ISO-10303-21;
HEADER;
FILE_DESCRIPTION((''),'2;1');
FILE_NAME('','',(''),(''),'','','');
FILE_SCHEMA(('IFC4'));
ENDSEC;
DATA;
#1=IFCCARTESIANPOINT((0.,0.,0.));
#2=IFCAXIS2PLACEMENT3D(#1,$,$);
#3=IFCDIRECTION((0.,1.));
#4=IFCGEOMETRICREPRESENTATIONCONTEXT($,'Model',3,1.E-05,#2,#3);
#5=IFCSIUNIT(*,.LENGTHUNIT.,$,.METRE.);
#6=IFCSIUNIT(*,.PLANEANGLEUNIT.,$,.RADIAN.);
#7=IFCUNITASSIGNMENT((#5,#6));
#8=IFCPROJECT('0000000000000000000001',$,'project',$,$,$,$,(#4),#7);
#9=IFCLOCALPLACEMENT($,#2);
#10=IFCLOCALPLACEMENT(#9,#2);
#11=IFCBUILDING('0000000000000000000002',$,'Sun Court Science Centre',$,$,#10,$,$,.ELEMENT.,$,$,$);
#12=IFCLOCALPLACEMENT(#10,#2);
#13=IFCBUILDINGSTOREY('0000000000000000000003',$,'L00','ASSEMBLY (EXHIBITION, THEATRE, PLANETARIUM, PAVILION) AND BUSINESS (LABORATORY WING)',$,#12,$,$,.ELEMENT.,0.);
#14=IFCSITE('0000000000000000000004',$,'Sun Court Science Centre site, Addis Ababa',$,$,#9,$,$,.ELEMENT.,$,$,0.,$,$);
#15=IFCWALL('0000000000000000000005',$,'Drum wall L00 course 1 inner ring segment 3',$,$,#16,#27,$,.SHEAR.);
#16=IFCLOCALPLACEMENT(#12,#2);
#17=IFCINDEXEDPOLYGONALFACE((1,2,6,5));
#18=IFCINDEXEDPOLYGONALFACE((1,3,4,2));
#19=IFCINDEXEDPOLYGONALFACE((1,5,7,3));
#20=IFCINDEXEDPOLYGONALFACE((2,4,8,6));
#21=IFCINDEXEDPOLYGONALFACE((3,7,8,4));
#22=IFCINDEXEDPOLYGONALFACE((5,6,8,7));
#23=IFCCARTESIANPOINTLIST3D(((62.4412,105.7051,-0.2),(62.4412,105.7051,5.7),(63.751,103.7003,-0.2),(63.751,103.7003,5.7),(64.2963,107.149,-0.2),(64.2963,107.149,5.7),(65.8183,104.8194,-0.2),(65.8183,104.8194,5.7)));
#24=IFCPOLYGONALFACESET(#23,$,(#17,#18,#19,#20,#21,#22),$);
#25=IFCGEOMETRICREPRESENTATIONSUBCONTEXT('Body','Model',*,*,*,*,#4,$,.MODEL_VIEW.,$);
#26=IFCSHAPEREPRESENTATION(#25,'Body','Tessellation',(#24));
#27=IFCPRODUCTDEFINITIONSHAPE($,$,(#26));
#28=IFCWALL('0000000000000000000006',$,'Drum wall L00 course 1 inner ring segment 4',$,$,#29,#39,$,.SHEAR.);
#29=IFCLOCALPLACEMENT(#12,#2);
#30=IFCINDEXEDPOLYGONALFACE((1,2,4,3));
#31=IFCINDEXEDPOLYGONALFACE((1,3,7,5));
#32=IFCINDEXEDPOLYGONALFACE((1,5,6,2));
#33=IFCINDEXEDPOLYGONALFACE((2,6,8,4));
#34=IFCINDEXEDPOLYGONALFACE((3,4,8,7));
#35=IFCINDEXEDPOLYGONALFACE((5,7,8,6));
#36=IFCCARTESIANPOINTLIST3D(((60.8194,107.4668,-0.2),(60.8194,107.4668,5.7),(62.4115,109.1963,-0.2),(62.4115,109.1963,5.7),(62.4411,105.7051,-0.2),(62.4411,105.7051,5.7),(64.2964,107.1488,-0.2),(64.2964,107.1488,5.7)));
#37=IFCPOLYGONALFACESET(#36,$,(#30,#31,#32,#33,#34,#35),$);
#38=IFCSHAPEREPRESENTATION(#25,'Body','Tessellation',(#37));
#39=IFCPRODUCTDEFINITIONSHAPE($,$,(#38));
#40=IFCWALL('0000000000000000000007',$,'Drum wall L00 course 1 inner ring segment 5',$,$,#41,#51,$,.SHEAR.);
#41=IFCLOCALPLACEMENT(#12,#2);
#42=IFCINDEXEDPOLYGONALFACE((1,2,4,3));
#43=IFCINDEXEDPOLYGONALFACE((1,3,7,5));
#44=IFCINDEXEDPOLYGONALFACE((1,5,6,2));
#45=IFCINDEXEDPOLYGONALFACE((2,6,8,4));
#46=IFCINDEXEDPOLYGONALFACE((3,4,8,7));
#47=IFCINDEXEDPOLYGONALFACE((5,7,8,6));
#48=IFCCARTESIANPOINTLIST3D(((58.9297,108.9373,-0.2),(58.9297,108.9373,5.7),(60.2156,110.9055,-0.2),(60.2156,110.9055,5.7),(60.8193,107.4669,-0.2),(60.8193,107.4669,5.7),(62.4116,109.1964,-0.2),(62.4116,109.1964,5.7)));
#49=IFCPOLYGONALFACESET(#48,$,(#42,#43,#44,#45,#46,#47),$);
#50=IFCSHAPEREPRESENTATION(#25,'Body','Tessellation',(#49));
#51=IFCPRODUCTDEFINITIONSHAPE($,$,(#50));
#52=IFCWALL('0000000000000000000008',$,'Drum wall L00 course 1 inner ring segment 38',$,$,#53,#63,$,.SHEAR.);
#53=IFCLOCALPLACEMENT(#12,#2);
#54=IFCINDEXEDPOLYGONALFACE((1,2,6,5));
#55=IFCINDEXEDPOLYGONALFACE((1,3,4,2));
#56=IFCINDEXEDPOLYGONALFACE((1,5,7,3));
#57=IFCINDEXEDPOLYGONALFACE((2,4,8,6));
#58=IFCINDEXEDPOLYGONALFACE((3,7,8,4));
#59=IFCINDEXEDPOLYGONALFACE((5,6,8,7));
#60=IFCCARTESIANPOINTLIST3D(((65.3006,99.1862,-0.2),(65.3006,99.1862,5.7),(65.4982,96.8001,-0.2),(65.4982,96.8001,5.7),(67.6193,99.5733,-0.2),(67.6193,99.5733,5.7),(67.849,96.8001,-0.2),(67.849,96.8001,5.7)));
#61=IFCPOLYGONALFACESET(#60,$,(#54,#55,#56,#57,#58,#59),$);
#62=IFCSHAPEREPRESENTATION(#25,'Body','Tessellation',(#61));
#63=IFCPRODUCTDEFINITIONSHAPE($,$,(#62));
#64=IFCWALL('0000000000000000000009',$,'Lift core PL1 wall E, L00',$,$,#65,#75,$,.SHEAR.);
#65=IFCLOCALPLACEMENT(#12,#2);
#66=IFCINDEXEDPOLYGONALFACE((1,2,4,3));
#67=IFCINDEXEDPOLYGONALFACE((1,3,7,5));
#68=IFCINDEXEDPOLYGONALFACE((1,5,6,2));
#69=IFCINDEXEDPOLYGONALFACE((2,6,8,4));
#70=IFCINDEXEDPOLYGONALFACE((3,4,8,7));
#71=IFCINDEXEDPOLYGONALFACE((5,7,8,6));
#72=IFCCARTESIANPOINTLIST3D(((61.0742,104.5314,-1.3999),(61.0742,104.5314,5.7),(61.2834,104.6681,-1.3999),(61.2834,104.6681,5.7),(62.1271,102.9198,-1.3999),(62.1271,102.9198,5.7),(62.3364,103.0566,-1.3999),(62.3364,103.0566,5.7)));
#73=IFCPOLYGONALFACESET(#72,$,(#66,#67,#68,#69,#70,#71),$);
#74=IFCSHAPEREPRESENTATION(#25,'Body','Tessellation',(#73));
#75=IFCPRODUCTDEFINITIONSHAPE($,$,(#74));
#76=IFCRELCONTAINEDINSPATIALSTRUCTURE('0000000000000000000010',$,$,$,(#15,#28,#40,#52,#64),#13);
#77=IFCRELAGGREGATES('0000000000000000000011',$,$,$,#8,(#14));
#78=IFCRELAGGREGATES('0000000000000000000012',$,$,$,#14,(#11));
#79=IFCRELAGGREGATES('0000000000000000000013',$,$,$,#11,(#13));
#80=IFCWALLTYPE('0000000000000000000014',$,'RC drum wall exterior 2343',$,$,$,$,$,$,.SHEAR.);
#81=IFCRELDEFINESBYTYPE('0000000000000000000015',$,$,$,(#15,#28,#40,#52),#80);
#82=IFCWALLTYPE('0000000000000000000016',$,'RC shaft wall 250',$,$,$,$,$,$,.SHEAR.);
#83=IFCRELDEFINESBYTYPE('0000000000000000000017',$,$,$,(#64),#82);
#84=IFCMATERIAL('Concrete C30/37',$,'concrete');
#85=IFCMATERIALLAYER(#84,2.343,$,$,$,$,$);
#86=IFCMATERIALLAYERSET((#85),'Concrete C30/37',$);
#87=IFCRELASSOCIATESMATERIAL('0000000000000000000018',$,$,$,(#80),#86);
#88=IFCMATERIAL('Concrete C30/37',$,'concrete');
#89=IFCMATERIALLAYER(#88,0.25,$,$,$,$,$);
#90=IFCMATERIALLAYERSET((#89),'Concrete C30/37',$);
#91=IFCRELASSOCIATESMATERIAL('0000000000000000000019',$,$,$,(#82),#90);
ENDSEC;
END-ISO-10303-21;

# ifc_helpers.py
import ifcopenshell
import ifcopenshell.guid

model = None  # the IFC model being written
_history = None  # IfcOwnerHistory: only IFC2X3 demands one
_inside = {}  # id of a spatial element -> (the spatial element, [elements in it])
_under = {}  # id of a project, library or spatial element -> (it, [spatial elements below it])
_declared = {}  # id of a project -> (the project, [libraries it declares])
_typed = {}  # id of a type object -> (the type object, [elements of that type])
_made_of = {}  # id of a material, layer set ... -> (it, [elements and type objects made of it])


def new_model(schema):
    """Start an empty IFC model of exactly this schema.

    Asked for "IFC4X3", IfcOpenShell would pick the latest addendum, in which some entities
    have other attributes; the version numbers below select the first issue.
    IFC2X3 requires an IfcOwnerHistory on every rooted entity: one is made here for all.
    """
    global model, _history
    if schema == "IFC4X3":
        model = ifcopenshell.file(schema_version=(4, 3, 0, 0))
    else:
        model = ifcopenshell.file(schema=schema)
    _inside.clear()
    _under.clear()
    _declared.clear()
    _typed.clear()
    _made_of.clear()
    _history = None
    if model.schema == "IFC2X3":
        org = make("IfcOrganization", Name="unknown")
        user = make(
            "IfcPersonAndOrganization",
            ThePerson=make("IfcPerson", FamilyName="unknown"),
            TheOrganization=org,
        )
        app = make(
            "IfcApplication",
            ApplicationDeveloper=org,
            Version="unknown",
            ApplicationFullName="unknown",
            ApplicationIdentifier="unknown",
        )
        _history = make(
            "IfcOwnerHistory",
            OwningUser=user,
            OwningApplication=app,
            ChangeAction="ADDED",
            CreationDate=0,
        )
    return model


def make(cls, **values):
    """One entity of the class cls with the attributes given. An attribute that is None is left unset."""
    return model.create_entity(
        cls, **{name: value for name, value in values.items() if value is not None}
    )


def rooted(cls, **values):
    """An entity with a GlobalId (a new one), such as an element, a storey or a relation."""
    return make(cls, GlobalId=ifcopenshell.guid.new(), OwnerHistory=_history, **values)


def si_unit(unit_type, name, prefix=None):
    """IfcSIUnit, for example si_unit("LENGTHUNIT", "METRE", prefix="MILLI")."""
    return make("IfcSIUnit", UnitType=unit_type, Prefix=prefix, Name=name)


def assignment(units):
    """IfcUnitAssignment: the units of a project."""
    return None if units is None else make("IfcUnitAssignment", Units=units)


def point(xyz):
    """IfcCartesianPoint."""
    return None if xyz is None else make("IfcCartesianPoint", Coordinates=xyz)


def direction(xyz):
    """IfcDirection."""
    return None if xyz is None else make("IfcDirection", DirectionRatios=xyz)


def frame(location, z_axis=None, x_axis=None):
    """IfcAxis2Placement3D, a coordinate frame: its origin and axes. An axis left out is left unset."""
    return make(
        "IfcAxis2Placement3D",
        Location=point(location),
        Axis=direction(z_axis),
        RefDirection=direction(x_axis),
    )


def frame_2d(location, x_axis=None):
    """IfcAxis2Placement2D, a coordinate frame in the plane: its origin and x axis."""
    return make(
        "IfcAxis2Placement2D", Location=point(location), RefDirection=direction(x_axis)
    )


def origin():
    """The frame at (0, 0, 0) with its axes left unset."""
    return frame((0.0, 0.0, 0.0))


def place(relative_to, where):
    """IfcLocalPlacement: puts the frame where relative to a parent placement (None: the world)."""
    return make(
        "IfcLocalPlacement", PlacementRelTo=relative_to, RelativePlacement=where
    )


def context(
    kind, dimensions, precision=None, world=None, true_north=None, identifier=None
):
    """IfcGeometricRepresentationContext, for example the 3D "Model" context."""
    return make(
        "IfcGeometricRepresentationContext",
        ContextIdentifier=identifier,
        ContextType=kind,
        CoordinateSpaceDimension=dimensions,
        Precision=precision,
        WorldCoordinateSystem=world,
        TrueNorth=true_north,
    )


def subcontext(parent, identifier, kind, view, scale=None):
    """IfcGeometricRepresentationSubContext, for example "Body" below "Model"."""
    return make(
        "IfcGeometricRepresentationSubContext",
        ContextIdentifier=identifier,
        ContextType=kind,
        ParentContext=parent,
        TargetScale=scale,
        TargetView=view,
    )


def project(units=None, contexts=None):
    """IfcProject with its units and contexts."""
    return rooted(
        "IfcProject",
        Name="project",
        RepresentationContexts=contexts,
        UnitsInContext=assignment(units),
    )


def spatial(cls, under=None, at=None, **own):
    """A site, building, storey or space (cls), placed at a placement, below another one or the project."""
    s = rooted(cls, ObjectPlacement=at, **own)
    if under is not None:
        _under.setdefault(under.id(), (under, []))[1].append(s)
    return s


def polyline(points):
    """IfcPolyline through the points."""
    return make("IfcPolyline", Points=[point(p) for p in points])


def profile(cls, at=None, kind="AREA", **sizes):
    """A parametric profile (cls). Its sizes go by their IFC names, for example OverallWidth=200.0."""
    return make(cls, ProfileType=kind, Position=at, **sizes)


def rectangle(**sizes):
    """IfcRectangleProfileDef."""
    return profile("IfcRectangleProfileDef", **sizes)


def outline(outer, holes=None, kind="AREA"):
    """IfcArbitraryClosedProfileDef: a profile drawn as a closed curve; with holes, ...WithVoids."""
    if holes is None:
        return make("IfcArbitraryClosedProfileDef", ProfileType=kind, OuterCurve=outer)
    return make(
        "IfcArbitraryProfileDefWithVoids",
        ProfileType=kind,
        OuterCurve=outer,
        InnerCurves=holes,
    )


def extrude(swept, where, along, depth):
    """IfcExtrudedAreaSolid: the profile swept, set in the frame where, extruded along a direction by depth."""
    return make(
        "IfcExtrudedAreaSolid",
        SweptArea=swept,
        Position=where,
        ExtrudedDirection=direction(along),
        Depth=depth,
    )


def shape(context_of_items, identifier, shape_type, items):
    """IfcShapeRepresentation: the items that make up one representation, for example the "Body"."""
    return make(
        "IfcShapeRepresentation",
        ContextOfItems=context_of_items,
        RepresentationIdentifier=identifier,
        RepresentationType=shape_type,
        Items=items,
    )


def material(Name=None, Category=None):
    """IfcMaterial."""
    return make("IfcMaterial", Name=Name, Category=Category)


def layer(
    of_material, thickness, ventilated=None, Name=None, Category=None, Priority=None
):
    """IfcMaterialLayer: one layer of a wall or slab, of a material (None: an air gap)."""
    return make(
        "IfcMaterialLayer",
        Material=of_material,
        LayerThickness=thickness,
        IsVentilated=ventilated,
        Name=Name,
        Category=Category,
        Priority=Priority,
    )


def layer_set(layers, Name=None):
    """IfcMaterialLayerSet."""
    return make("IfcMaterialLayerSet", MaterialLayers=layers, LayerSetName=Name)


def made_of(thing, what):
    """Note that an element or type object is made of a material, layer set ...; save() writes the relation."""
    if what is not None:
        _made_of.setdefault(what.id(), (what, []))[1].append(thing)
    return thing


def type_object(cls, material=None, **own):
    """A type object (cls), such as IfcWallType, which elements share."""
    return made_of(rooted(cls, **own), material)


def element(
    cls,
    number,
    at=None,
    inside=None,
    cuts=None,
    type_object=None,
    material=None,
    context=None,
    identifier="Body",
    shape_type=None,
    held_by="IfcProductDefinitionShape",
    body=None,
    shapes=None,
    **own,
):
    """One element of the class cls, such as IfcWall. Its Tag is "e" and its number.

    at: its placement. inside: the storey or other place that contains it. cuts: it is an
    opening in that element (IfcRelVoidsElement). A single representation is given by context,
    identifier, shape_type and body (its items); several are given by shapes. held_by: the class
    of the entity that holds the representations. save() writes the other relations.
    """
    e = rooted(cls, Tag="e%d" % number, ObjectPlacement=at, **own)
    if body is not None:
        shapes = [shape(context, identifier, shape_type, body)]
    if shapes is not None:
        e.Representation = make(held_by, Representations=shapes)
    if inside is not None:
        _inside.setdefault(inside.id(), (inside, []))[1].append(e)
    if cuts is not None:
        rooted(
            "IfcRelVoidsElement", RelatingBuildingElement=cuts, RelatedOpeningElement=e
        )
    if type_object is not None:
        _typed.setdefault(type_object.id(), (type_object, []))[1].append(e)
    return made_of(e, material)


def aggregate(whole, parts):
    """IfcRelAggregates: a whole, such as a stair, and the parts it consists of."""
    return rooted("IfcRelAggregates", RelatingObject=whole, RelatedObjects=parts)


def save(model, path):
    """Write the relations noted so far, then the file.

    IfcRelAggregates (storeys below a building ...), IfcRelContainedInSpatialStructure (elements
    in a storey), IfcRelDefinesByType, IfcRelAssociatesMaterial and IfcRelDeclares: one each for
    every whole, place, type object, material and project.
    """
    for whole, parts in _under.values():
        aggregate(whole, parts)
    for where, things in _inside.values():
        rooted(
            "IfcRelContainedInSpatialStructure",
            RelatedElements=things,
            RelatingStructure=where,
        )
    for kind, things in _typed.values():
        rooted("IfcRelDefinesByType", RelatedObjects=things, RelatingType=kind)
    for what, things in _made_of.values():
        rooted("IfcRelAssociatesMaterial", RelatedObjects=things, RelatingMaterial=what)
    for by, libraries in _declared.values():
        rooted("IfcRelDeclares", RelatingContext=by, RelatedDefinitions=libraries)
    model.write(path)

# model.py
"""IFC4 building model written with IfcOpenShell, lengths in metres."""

from ifc_helpers import new_model, si_unit, direction, frame, frame_2d, origin, place, context, subcontext, project, spatial, polyline, rectangle, outline, extrude, material, layer, layer_set, type_object, element, save


model = new_model("IFC4")

# Units and contexts
model_context = context("Model", 3, precision=1e-05, world=origin(), true_north=direction((0.0, 1.0)))
body_context = subcontext(model_context, "Body", "Model", "MODEL_VIEW")
ifc_project = project(units=[si_unit("LENGTHUNIT", "METRE"), si_unit("PLANEANGLEUNIT", "RADIAN")], contexts=[model_context])

# Site, building, storey
site_placement = place(None, origin())
site = spatial("IfcSite", under=ifc_project, at=site_placement, Name="Sun Court Science Centre site, Addis Ababa", CompositionType="ELEMENT", RefElevation=0.0)
building_placement = place(site_placement, origin())
building = spatial("IfcBuilding", under=site, at=building_placement, Name="Sun Court Science Centre", CompositionType="ELEMENT")
storey_placement = place(building_placement, origin())
storey = spatial("IfcBuildingStorey", under=building, at=storey_placement, Name="L00", Description="ASSEMBLY (EXHIBITION, THEATRE, PLANETARIUM, PAVILION) AND BUSINESS (LABORATORY WING)", CompositionType="ELEMENT", Elevation=0.0)

# Walls
ifc_material_1 = material(Name="Concrete C30/37", Category="concrete")
ifc_layer_1 = layer(ifc_material_1, 2.343)
ifc_layer_set_1 = layer_set([ifc_layer_1], Name="Concrete C30/37")
wall_type_1 = type_object("IfcWallType", Name="RC drum wall exterior 2343", PredefinedType="SHEAR", material=ifc_layer_set_1)
wall_1_placement = place(storey_placement, frame((64.8376, 104.1787, -0.2), z_axis=(0.0, 0.0, 1.0), x_axis=(-0.546942, 0.83717, 0.0)))
element("IfcWall", 1, at=wall_1_placement, inside=storey, type_object=wall_type_1, Name="Drum wall L00 course 1 inner ring segment 3", PredefinedType="SHEAR", context=body_context, shape_type="SweptSolid", body=[
    extrude(outline(polyline([(0.0, -1.1714), (2.7827, -1.1714), (2.5886, 1.1714), (0.1938, 1.1714), (0.0, -1.1714)])), origin(), (0.0, 0.0, 1.0), 5.8999),
])
wall_2_placement = place(storey_placement, frame((63.4346, 106.3555, -0.2), z_axis=(0.0, 0.0, 1.0), x_axis=(-0.677288, 0.735718, 0.0)))
element("IfcWall", 2, at=wall_2_placement, inside=storey, type_object=wall_type_1, Name="Drum wall L00 course 1 inner ring segment 4", PredefinedType="SHEAR", context=body_context, shape_type="SweptSolid", body=[
    extrude(outline(polyline([(0.0, -1.1714), (2.783, -1.1714), (2.5889, 1.1714), (0.1943, 1.1714), (0.0, -1.1714)])), origin(), (0.0, 0.0, 1.0), 5.8999),
])
wall_3_placement = place(storey_placement, frame((61.6921, 108.272, -0.2), z_axis=(0.0, 0.0, 1.0), x_axis=(-0.789144, 0.614208, 0.0)))
element("IfcWall", 3, at=wall_3_placement, inside=storey, type_object=wall_type_1, Name="Drum wall L00 course 1 inner ring segment 5", PredefinedType="SHEAR", context=body_context, shape_type="SweptSolid", body=[
    extrude(outline(polyline([(0.0, -1.1714), (2.7827, -1.1714), (2.5886, 1.1716), (0.1943, 1.1714), (0.0, -1.1714)])), origin(), (0.0, 0.0, 1.0), 5.8999),
])
wall_4_placement = place(storey_placement, frame((66.6816, 96.7034, -0.2), z_axis=(0.0, 0.0, 1.0), x_axis=(-0.082559, 0.996586, 0.0)))
element("IfcWall", 4, at=wall_4_placement, inside=storey, type_object=wall_type_1, Name="Drum wall L00 course 1 inner ring segment 38", PredefinedType="SHEAR", context=body_context, shape_type="SweptSolid", body=[
    extrude(outline(polyline([(0.0, -1.1714), (2.7827, -1.1714), (2.5884, 1.1714), (0.1941, 1.1714), (0.0, -1.1714)])), origin(), (0.0, 0.0, 1.0), 5.8999),
])
ifc_material_2 = material(Name="Concrete C30/37", Category="concrete")
ifc_layer_2 = layer(ifc_material_2, 0.25)
ifc_layer_set_2 = layer_set([ifc_layer_2], Name="Concrete C30/37")
wall_type_2 = type_object("IfcWallType", Name="RC shaft wall 250", PredefinedType="SHEAR", material=ifc_layer_set_2)
wall_5_placement = place(storey_placement, frame((62.2317, 102.9883, -1.3999), z_axis=(0.0, 0.0, 1.0), x_axis=(-0.546979, 0.837146, 0.0)))
element("IfcWall", 5, at=wall_5_placement, inside=storey, type_object=wall_type_2, Name="Lift core PL1 wall E, L00", PredefinedType="SHEAR", context=body_context, shape_type="SweptSolid", body=[
    extrude(rectangle(XDim=1.925, YDim=0.25, at=frame_2d((0.9624, 0.0))), origin(), (0.0, 0.0, 1.0), 7.0999),
])

save(model, "model.ifc")
